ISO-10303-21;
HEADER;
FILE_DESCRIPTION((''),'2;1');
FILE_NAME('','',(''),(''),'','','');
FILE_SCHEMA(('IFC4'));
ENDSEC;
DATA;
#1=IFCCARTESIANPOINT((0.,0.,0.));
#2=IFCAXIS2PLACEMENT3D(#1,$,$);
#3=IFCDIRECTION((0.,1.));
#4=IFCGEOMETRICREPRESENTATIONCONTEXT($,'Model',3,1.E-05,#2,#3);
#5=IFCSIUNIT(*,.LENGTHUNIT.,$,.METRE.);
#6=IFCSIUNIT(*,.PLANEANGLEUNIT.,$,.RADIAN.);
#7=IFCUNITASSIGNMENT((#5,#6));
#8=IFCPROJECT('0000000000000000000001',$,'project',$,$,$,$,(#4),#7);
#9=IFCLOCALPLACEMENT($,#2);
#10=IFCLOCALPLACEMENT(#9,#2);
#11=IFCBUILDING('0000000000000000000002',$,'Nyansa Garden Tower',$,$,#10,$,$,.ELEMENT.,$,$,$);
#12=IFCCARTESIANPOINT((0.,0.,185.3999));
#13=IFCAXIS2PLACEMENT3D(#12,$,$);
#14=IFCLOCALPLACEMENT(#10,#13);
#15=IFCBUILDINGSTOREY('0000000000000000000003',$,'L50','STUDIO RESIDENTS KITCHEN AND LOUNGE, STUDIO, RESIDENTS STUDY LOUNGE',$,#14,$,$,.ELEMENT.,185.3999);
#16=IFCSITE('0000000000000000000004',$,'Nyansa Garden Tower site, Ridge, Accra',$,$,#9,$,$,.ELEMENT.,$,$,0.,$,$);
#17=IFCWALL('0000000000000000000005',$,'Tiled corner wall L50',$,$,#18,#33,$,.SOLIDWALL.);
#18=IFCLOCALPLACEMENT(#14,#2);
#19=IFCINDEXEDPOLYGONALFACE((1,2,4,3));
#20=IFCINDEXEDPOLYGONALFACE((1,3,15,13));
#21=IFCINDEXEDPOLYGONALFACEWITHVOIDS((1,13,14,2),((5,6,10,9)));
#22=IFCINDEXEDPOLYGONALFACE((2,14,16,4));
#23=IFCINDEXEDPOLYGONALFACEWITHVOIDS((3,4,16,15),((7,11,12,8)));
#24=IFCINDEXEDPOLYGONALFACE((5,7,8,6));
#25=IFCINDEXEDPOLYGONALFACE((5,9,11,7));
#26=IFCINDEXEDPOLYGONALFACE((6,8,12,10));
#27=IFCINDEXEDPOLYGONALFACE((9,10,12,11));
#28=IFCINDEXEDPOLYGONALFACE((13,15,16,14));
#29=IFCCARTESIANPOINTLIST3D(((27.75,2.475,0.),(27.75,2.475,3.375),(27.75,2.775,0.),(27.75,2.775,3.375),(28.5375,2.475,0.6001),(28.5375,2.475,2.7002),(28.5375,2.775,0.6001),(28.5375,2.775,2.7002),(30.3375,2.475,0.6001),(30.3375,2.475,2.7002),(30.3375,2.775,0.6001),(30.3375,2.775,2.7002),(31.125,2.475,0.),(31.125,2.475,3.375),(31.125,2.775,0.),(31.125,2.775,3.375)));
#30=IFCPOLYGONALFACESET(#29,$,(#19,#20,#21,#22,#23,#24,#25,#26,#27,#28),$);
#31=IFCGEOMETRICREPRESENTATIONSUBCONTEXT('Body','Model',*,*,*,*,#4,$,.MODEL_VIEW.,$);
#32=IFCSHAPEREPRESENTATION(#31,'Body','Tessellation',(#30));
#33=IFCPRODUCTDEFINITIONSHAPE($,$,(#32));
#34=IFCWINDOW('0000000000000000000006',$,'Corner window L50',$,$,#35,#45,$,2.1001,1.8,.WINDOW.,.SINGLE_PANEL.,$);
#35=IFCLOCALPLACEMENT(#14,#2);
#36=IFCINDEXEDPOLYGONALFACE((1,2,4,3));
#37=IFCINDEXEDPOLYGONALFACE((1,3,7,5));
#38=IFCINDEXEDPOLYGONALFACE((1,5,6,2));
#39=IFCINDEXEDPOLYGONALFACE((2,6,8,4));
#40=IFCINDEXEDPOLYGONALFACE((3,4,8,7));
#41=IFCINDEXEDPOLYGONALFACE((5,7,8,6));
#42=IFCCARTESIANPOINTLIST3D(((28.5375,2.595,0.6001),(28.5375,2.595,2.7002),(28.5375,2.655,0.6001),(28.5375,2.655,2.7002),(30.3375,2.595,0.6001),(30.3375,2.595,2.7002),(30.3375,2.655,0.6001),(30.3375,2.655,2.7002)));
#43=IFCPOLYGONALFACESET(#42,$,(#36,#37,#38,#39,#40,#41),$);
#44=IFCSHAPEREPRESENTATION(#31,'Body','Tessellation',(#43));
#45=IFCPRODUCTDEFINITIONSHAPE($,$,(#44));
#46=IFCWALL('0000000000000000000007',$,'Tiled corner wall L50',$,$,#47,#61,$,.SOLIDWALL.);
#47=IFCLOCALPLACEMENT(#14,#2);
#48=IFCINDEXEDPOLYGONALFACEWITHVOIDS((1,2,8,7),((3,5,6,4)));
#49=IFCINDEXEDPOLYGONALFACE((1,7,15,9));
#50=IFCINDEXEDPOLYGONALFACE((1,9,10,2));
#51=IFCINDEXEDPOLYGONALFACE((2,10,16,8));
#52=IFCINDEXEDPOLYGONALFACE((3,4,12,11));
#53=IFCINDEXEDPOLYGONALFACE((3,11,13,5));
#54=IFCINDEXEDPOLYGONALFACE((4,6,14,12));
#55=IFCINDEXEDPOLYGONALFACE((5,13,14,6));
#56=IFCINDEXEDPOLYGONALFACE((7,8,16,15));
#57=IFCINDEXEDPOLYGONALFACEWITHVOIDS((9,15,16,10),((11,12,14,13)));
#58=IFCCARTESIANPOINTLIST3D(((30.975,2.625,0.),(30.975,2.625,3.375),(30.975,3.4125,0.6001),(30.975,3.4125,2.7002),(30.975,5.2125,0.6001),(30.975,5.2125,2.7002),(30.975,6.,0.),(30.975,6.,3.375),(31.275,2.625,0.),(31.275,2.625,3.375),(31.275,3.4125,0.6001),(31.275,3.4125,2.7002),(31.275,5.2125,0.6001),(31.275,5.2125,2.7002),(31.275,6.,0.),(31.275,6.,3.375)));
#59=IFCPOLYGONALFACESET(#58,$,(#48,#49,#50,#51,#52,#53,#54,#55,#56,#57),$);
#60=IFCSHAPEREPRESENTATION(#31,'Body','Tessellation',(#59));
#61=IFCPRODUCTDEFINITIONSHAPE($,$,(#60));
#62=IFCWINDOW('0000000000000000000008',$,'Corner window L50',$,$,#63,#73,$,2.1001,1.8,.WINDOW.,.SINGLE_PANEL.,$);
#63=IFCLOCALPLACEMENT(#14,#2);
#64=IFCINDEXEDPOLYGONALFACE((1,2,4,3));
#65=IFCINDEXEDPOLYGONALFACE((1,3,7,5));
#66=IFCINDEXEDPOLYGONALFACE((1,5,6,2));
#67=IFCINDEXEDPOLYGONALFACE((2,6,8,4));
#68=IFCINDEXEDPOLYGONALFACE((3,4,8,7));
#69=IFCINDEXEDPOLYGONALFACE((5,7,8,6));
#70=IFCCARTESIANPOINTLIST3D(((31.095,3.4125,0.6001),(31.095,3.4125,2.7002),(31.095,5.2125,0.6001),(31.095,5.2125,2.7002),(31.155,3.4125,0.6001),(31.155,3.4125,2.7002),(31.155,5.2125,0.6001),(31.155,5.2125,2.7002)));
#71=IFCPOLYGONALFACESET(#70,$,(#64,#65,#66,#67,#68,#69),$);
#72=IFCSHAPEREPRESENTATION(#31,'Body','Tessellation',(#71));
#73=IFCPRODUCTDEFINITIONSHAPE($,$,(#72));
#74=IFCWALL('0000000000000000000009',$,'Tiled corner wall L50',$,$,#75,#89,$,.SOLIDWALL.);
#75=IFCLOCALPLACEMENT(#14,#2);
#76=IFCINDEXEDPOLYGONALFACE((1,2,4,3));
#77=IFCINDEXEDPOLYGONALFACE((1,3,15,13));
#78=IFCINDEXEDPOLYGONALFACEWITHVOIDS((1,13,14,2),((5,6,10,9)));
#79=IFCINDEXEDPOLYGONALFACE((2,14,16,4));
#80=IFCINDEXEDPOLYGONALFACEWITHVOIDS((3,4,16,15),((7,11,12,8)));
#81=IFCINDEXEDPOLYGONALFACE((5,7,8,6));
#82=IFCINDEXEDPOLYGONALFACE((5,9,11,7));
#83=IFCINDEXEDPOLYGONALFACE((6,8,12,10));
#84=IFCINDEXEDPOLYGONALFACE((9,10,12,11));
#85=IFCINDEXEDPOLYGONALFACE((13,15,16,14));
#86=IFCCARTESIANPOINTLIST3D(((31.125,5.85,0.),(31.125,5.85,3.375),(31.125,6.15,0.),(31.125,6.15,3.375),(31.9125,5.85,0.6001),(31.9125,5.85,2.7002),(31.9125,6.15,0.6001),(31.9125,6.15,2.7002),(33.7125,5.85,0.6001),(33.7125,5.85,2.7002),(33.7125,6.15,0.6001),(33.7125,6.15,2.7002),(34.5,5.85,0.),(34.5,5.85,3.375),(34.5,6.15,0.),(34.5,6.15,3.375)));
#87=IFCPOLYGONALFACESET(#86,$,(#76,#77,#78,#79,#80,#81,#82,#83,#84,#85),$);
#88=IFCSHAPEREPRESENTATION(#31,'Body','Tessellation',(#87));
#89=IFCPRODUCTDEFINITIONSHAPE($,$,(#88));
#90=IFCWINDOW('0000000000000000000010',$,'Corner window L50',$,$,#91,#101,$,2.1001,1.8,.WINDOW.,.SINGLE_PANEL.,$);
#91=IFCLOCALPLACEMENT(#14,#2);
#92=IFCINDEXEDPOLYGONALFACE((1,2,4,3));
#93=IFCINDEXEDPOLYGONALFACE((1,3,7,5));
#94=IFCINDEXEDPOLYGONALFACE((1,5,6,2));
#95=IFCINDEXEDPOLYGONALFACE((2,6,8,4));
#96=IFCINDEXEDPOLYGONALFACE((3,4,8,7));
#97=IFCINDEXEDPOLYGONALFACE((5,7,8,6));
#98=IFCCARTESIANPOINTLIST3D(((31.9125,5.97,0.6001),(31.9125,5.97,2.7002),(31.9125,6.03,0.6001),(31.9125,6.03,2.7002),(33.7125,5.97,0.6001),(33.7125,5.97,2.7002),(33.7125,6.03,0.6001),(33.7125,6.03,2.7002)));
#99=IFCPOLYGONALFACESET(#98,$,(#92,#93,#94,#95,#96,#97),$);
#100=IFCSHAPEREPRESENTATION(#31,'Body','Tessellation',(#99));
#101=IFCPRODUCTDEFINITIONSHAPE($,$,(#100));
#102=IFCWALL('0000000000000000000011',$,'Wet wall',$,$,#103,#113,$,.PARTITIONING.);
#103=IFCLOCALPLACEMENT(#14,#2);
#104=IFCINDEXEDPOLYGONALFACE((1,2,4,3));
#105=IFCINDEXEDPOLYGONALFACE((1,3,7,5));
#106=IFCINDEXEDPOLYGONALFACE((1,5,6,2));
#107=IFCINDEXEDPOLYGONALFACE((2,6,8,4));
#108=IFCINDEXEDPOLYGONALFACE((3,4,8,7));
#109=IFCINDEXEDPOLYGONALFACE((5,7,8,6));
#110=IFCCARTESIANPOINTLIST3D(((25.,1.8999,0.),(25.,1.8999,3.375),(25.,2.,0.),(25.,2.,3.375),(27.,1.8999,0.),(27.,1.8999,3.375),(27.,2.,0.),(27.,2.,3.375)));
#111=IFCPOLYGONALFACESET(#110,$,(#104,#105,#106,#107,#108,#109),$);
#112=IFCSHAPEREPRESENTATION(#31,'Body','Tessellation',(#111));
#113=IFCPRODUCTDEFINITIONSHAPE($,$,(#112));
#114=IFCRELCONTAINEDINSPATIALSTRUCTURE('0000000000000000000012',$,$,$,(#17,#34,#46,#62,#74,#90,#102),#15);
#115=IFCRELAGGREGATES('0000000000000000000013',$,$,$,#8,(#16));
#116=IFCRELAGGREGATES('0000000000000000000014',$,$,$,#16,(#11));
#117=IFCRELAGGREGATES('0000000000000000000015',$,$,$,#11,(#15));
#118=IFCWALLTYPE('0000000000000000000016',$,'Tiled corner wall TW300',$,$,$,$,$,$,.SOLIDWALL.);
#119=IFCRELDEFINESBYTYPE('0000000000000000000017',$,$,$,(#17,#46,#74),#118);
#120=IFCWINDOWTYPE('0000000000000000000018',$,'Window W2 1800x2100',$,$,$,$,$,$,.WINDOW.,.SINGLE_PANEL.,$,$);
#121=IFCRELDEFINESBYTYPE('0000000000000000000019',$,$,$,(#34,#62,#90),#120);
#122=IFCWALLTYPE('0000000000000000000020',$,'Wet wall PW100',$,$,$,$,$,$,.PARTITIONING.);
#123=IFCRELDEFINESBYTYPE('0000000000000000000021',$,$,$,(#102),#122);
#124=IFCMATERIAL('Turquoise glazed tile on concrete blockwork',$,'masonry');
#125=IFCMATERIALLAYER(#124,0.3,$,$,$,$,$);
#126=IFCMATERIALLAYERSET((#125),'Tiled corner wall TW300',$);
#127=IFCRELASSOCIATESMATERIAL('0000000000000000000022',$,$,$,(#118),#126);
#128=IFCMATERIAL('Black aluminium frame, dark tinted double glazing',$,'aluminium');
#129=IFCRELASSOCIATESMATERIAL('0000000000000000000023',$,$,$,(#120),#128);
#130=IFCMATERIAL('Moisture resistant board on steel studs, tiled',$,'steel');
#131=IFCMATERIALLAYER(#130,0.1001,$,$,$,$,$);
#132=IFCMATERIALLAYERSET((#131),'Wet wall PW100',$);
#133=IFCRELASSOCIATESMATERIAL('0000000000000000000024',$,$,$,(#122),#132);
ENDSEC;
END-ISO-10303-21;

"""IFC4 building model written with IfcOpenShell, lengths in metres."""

from ifc_helpers import new_model, si_unit, direction, frame, frame_2d, origin, place, context, subcontext, project, spatial, rectangle, extrude, material, layer, layer_set, type_object, element, fill, save


model = new_model("IFC4")

# Units and contexts
model_context = context("Model", 3, precision=1e-05, world=origin(), true_north=direction((0.0, 1.0)))
body_context = subcontext(model_context, "Body", "Model", "MODEL_VIEW")
ifc_project = project(units=[si_unit("LENGTHUNIT", "METRE"), si_unit("PLANEANGLEUNIT", "RADIAN")], contexts=[model_context])

# Site, building, storey
site_placement = place(None, origin())
site = spatial("IfcSite", under=ifc_project, at=site_placement, Name="Nyansa Garden Tower site, Ridge, Accra", CompositionType="ELEMENT", RefElevation=0.0)
building_placement = place(site_placement, origin())
building = spatial("IfcBuilding", under=site, at=building_placement, Name="Nyansa Garden Tower", CompositionType="ELEMENT")
storey_placement = place(building_placement, frame((0.0, 0.0, 185.3999)))
storey = spatial("IfcBuildingStorey", under=building, at=storey_placement, Name="L50", Description="STUDIO RESIDENTS KITCHEN AND LOUNGE, STUDIO, RESIDENTS STUDY LOUNGE", CompositionType="ELEMENT", Elevation=185.3999)

# Walls, openings, windows
ifc_material_1 = material(Name="Turquoise glazed tile on concrete blockwork", Category="masonry")
ifc_layer_1 = layer(ifc_material_1, 0.3)
ifc_layer_set_1 = layer_set([ifc_layer_1], Name="Tiled corner wall TW300")
wall_type_1 = type_object("IfcWallType", Name="Tiled corner wall TW300", PredefinedType="SOLIDWALL", material=ifc_layer_set_1)
ifc_material_2 = material(Name="Black aluminium frame, dark tinted double glazing", Category="aluminium")
window_type = type_object("IfcWindowType", Name="Window W2 1800x2100", PartitioningType="SINGLE_PANEL", PredefinedType="WINDOW", material=ifc_material_2)
wall_1_placement = place(storey_placement, frame((27.75, 2.625, 0.0), z_axis=(0.0, 0.0, 1.0), x_axis=(1.0, 0.0, 0.0)))
wall_1 = element("IfcWall", 1, at=wall_1_placement, inside=storey, type_object=wall_type_1, Name="Tiled corner wall L50", PredefinedType="SOLIDWALL", context=body_context, shape_type="SweptSolid", body=[
    extrude(rectangle(XDim=3.375, YDim=0.3, at=frame_2d((1.6875, 0.0))), origin(), (0.0, 0.0, 1.0), 3.375),
])
opening_1_placement = place(wall_1_placement, frame((0.7876, 0.0, 0.6001)))
opening_1 = element("IfcOpeningElement", 2, at=opening_1_placement, cuts=wall_1, PredefinedType="OPENING", context=body_context, shape_type="SweptSolid", body=[
    extrude(rectangle(XDim=1.8, YDim=2.1001, at=frame_2d((0.8999, 1.05))), frame((0.0, 0.1599, 0.0), z_axis=(0.0, -1.0, 0.0), x_axis=(1.0, 0.0, 0.0)), (0.0, 0.0, 1.0), 0.3201),
])
window_1_placement = place(opening_1_placement, origin())
window_1 = element("IfcWindow", 3, at=window_1_placement, inside=storey, type_object=window_type, Name="Corner window L50", OverallHeight=2.1001, OverallWidth=1.8, PartitioningType="SINGLE_PANEL", PredefinedType="WINDOW", context=body_context, shape_type="SweptSolid", body=[
    extrude(rectangle(XDim=1.8, YDim=2.1001, at=frame_2d((0.8999, 1.05))), frame((0.0, 0.03, 0.0), z_axis=(0.0, -1.0, 0.0), x_axis=(1.0, 0.0, 0.0)), (0.0, 0.0, 1.0), 0.0601),
])
fill(opening_1, window_1)
wall_2_placement = place(storey_placement, frame((31.125, 2.625, 0.0), z_axis=(0.0, 0.0, 1.0), x_axis=(0.0, 1.0, 0.0)))
wall_2 = element("IfcWall", 4, at=wall_2_placement, inside=storey, type_object=wall_type_1, Name="Tiled corner wall L50", PredefinedType="SOLIDWALL", context=body_context, shape_type="SweptSolid", body=[
    extrude(rectangle(XDim=3.375, YDim=0.3, at=frame_2d((1.6875, 0.0))), origin(), (0.0, 0.0, 1.0), 3.375),
])
opening_2_placement = place(wall_2_placement, frame((0.7876, 0.0, 0.6001)))
opening_2 = element("IfcOpeningElement", 5, at=opening_2_placement, cuts=wall_2, PredefinedType="OPENING", context=body_context, shape_type="SweptSolid", body=[
    extrude(rectangle(XDim=1.8, YDim=2.1001, at=frame_2d((0.8999, 1.05))), frame((0.0, 0.1599, 0.0), z_axis=(0.0, -1.0, 0.0), x_axis=(1.0, 0.0, 0.0)), (0.0, 0.0, 1.0), 0.3201),
])
window_2_placement = place(opening_2_placement, origin())
window_2 = element("IfcWindow", 6, at=window_2_placement, inside=storey, type_object=window_type, Name="Corner window L50", OverallHeight=2.1001, OverallWidth=1.8, PartitioningType="SINGLE_PANEL", PredefinedType="WINDOW", context=body_context, shape_type="SweptSolid", body=[
    extrude(rectangle(XDim=1.8, YDim=2.1001, at=frame_2d((0.8999, 1.05))), frame((0.0, 0.03, 0.0), z_axis=(0.0, -1.0, 0.0), x_axis=(1.0, 0.0, 0.0)), (0.0, 0.0, 1.0), 0.0601),
])
fill(opening_2, window_2)
wall_3_placement = place(storey_placement, frame((31.125, 6.0, 0.0), z_axis=(0.0, 0.0, 1.0), x_axis=(1.0, 0.0, 0.0)))
wall_3 = element("IfcWall", 7, at=wall_3_placement, inside=storey, type_object=wall_type_1, Name="Tiled corner wall L50", PredefinedType="SOLIDWALL", context=body_context, shape_type="SweptSolid", body=[
    extrude(rectangle(XDim=3.375, YDim=0.3, at=frame_2d((1.6875, 0.0))), origin(), (0.0, 0.0, 1.0), 3.375),
])
opening_3_placement = place(wall_3_placement, frame((0.7876, 0.0, 0.6001)))
opening_3 = element("IfcOpeningElement", 8, at=opening_3_placement, cuts=wall_3, PredefinedType="OPENING", context=body_context, shape_type="SweptSolid", body=[
    extrude(rectangle(XDim=1.8, YDim=2.1001, at=frame_2d((0.8999, 1.05))), frame((0.0, 0.1599, 0.0), z_axis=(0.0, -1.0, 0.0), x_axis=(1.0, 0.0, 0.0)), (0.0, 0.0, 1.0), 0.3201),
])
window_3_placement = place(opening_3_placement, origin())
window_3 = element("IfcWindow", 9, at=window_3_placement, inside=storey, type_object=window_type, Name="Corner window L50", OverallHeight=2.1001, OverallWidth=1.8, PartitioningType="SINGLE_PANEL", PredefinedType="WINDOW", context=body_context, shape_type="SweptSolid", body=[
    extrude(rectangle(XDim=1.8, YDim=2.1001, at=frame_2d((0.8999, 1.05))), frame((0.0, 0.03, 0.0), z_axis=(0.0, -1.0, 0.0), x_axis=(1.0, 0.0, 0.0)), (0.0, 0.0, 1.0), 0.0601),
])
fill(opening_3, window_3)

# Wall
ifc_material_3 = material(Name="Moisture resistant board on steel studs, tiled", Category="steel")
ifc_layer_2 = layer(ifc_material_3, 0.1001)
ifc_layer_set_2 = layer_set([ifc_layer_2], Name="Wet wall PW100")
wall_type_2 = type_object("IfcWallType", Name="Wet wall PW100", PredefinedType="PARTITIONING", material=ifc_layer_set_2)
wall_4_placement = place(storey_placement, frame((25.0, 1.95, 0.0), z_axis=(0.0, 0.0, 1.0), x_axis=(1.0, 0.0, 0.0)))
element("IfcWall", 10, at=wall_4_placement, inside=storey, type_object=wall_type_2, Name="Wet wall", PredefinedType="PARTITIONING", context=body_context, shape_type="SweptSolid", body=[
    extrude(rectangle(XDim=2.0, YDim=0.1001, at=frame_2d((1.0, 0.0))), origin(), (0.0, 0.0, 1.0), 3.375),
])

save(model, "model.ifc")
